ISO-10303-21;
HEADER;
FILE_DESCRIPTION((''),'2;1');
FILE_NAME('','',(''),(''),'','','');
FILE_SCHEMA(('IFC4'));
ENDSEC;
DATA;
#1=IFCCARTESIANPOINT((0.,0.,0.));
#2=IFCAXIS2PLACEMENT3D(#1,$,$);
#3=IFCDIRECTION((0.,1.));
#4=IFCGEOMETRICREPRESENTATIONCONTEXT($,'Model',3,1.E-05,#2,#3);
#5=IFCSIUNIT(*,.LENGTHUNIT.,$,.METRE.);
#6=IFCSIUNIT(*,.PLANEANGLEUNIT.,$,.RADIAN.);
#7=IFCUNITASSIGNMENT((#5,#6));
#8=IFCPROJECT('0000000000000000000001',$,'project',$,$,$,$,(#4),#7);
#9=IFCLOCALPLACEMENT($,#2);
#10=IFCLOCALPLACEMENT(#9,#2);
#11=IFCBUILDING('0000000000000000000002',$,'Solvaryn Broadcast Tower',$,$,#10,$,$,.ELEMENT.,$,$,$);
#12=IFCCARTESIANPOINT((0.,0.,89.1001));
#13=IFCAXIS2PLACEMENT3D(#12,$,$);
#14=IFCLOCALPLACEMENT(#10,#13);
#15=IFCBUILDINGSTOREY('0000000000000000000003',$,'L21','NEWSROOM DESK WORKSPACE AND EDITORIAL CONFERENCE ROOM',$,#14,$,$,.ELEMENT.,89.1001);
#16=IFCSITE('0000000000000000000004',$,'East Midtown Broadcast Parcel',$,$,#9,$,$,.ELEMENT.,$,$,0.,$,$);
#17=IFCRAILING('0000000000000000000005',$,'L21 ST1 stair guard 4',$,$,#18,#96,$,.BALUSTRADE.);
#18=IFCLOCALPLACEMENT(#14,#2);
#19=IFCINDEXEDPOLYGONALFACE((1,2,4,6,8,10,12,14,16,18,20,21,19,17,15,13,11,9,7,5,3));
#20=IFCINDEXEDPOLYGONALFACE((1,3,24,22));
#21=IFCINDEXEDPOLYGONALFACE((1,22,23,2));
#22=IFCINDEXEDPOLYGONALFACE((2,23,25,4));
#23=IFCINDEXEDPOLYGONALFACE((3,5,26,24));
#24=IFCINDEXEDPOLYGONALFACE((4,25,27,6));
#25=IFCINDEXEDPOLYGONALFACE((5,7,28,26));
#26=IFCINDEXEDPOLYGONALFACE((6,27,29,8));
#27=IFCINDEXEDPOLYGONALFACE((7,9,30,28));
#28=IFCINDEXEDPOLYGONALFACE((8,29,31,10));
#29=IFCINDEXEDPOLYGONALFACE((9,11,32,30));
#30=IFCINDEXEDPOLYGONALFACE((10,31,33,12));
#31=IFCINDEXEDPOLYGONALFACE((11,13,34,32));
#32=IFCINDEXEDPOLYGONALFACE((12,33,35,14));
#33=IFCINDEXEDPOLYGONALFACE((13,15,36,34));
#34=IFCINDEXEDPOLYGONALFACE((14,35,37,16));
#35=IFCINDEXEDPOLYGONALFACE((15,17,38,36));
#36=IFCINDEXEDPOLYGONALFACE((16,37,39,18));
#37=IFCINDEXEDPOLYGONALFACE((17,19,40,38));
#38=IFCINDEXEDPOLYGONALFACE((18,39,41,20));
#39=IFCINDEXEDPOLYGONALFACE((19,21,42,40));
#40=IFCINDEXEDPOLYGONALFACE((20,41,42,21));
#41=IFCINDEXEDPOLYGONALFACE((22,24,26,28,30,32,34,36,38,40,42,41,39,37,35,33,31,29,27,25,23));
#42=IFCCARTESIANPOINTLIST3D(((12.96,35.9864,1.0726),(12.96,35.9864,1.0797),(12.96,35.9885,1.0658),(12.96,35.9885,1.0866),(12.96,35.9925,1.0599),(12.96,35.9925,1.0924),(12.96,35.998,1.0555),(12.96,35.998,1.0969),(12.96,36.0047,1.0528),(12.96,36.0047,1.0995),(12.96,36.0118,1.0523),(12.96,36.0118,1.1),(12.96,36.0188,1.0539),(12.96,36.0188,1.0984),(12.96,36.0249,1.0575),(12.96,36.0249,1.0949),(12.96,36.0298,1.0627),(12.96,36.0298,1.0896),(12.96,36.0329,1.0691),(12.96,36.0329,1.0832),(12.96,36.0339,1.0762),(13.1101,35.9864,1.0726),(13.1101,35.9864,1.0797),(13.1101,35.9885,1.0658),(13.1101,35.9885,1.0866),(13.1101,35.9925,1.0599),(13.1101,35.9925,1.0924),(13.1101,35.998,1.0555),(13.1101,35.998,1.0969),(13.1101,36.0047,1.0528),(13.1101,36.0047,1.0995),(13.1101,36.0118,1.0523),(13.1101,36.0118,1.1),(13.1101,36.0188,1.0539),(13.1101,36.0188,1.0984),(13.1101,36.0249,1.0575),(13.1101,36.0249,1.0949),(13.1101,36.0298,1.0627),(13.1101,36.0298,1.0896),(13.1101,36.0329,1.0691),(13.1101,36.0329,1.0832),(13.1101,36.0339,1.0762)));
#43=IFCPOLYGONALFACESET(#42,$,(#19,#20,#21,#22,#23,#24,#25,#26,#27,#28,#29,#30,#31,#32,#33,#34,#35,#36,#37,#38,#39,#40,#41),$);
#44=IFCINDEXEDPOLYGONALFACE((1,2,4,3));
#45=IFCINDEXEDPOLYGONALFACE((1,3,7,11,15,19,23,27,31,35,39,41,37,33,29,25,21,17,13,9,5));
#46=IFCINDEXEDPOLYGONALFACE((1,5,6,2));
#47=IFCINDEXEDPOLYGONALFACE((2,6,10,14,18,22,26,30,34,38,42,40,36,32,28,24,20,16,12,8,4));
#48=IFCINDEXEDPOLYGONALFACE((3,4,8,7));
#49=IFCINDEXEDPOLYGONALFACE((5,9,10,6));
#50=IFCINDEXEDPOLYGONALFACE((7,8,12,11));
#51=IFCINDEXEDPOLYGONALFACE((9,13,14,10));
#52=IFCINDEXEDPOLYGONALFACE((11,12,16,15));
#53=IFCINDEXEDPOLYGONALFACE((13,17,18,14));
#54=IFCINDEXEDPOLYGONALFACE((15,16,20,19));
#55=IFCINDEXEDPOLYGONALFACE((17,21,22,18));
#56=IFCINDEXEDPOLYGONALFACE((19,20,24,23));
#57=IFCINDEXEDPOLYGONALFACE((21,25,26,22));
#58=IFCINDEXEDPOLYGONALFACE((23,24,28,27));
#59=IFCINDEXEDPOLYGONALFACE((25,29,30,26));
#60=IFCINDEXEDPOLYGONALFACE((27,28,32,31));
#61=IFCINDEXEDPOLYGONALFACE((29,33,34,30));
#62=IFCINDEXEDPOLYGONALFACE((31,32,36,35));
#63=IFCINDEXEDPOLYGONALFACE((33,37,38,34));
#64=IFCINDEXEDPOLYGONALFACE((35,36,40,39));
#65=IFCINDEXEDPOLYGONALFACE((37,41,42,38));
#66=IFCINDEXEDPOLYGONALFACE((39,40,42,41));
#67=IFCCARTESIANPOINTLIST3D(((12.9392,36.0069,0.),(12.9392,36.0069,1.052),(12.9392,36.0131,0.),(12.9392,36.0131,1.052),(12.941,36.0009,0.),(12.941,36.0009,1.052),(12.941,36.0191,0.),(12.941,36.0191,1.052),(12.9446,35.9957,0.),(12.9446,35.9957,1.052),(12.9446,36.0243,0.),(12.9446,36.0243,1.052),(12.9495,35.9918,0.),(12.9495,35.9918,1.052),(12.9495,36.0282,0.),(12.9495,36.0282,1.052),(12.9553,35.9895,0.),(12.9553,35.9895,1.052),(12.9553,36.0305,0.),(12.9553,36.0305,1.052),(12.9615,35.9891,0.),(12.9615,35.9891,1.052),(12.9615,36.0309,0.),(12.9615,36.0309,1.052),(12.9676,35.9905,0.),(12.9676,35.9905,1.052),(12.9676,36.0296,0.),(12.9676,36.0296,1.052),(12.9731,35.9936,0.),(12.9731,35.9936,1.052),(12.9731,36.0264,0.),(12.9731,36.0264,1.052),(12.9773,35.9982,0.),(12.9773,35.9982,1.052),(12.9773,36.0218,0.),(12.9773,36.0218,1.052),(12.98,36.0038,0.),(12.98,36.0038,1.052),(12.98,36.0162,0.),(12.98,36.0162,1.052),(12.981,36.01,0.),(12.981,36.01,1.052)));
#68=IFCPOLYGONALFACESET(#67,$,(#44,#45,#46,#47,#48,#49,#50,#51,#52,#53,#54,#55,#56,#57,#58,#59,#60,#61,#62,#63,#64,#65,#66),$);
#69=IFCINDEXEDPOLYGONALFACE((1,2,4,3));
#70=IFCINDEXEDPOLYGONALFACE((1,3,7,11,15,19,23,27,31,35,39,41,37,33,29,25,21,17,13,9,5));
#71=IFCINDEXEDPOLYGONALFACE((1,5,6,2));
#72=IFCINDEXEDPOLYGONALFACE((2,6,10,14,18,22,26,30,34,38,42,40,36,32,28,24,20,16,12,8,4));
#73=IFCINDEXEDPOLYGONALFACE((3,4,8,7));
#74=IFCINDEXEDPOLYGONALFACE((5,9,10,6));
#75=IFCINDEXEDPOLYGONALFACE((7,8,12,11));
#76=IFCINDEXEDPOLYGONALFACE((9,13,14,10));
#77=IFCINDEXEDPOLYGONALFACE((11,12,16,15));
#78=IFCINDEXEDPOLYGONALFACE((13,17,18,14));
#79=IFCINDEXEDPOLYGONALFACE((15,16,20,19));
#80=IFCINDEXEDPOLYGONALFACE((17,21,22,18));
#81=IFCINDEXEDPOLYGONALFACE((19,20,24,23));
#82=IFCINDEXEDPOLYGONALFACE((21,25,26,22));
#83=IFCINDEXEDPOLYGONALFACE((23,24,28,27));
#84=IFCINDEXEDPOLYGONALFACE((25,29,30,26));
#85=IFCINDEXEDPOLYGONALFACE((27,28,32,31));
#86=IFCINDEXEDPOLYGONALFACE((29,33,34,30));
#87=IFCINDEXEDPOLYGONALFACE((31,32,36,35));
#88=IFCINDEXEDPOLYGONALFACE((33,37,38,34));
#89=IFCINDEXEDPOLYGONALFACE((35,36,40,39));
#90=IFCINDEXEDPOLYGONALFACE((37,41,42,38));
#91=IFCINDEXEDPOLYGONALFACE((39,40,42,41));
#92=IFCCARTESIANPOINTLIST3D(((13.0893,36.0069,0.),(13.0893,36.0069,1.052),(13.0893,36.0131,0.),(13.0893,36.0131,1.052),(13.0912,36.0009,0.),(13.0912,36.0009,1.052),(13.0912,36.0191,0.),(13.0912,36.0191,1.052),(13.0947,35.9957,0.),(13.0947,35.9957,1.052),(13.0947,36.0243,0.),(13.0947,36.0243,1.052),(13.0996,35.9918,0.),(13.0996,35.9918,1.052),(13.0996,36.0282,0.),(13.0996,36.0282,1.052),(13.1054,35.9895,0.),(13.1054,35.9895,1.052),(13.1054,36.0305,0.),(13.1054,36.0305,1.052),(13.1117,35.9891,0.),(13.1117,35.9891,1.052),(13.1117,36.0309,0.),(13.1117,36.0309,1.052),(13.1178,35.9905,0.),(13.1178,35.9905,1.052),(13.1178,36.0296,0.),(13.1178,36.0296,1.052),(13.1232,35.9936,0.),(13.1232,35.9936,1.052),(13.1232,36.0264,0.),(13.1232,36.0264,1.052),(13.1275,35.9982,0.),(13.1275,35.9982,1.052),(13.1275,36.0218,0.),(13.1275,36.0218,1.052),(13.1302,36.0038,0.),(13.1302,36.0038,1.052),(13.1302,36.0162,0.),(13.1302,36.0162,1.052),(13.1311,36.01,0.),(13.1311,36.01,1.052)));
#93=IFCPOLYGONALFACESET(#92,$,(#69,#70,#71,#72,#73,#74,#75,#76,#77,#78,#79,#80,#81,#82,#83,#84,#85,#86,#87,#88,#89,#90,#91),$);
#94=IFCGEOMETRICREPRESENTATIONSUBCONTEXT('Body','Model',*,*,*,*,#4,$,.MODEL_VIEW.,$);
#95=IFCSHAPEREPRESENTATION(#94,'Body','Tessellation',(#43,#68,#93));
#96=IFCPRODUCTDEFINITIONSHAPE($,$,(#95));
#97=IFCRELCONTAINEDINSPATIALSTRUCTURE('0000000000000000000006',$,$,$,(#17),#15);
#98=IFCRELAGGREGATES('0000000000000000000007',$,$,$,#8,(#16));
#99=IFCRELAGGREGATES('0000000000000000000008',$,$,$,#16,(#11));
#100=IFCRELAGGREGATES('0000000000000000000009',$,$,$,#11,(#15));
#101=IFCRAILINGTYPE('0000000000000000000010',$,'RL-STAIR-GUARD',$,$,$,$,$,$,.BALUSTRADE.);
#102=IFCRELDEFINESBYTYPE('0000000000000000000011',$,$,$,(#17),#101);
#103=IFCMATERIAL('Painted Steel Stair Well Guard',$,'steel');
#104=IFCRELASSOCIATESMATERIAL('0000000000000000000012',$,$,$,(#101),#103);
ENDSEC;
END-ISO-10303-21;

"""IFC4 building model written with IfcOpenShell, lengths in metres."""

from ifc_helpers import new_model, si_unit, direction, frame, origin, origin_2d, place, context, subcontext, project, spatial, circle, extrude, material, type_object, element, save


model = new_model("IFC4")

# Units and contexts
model_context = context("Model", 3, precision=1e-05, world=origin(), true_north=direction((0.0, 1.0)))
body_context = subcontext(model_context, "Body", "Model", "MODEL_VIEW")
ifc_project = project(units=[si_unit("LENGTHUNIT", "METRE"), si_unit("PLANEANGLEUNIT", "RADIAN")], contexts=[model_context])

# Site, building, storey
site_placement = place(None, origin())
site = spatial("IfcSite", under=ifc_project, at=site_placement, Name="East Midtown Broadcast Parcel", CompositionType="ELEMENT", RefElevation=0.0)
building_placement = place(site_placement, origin())
building = spatial("IfcBuilding", under=site, at=building_placement, Name="Solvaryn Broadcast Tower", CompositionType="ELEMENT")
storey_placement = place(building_placement, frame((0.0, 0.0, 89.1001)))
storey = spatial("IfcBuildingStorey", under=building, at=storey_placement, Name="L21", Description="NEWSROOM DESK WORKSPACE AND EDITORIAL CONFERENCE ROOM", CompositionType="ELEMENT", Elevation=89.1001)

# Railing
ifc_material_1 = material(Name="Painted Steel Stair Well Guard", Category="steel")
railing_type_1 = type_object("IfcRailingType", Name="RL-STAIR-GUARD", PredefinedType="BALUSTRADE", material=ifc_material_1)
railing_1_placement = place(storey_placement, frame((12.96, 36.01, 0.0)))
element("IfcRailing", 1, at=railing_1_placement, inside=storey, type_object=railing_type_1, Name="L21 ST1 stair guard 4", PredefinedType="BALUSTRADE", context=body_context, shape_type="SweptSolid", body=[
    extrude(circle(Radius=0.0239, at=origin_2d()), frame((0.0, 0.0, 1.0762), z_axis=(1.0, 0.0, 0.0), x_axis=(0.0, 1.0, 0.0)), (0.0, 0.0, 1.0), 0.1501),
    extrude(circle(Radius=0.021, at=origin_2d()), origin(), (0.0, 0.0, 1.0), 1.052),
    extrude(circle(Radius=0.021, at=origin_2d()), frame((0.1501, 0.0, 0.0)), (0.0, 0.0, 1.0), 1.052),
])

save(model, "model.ifc")
